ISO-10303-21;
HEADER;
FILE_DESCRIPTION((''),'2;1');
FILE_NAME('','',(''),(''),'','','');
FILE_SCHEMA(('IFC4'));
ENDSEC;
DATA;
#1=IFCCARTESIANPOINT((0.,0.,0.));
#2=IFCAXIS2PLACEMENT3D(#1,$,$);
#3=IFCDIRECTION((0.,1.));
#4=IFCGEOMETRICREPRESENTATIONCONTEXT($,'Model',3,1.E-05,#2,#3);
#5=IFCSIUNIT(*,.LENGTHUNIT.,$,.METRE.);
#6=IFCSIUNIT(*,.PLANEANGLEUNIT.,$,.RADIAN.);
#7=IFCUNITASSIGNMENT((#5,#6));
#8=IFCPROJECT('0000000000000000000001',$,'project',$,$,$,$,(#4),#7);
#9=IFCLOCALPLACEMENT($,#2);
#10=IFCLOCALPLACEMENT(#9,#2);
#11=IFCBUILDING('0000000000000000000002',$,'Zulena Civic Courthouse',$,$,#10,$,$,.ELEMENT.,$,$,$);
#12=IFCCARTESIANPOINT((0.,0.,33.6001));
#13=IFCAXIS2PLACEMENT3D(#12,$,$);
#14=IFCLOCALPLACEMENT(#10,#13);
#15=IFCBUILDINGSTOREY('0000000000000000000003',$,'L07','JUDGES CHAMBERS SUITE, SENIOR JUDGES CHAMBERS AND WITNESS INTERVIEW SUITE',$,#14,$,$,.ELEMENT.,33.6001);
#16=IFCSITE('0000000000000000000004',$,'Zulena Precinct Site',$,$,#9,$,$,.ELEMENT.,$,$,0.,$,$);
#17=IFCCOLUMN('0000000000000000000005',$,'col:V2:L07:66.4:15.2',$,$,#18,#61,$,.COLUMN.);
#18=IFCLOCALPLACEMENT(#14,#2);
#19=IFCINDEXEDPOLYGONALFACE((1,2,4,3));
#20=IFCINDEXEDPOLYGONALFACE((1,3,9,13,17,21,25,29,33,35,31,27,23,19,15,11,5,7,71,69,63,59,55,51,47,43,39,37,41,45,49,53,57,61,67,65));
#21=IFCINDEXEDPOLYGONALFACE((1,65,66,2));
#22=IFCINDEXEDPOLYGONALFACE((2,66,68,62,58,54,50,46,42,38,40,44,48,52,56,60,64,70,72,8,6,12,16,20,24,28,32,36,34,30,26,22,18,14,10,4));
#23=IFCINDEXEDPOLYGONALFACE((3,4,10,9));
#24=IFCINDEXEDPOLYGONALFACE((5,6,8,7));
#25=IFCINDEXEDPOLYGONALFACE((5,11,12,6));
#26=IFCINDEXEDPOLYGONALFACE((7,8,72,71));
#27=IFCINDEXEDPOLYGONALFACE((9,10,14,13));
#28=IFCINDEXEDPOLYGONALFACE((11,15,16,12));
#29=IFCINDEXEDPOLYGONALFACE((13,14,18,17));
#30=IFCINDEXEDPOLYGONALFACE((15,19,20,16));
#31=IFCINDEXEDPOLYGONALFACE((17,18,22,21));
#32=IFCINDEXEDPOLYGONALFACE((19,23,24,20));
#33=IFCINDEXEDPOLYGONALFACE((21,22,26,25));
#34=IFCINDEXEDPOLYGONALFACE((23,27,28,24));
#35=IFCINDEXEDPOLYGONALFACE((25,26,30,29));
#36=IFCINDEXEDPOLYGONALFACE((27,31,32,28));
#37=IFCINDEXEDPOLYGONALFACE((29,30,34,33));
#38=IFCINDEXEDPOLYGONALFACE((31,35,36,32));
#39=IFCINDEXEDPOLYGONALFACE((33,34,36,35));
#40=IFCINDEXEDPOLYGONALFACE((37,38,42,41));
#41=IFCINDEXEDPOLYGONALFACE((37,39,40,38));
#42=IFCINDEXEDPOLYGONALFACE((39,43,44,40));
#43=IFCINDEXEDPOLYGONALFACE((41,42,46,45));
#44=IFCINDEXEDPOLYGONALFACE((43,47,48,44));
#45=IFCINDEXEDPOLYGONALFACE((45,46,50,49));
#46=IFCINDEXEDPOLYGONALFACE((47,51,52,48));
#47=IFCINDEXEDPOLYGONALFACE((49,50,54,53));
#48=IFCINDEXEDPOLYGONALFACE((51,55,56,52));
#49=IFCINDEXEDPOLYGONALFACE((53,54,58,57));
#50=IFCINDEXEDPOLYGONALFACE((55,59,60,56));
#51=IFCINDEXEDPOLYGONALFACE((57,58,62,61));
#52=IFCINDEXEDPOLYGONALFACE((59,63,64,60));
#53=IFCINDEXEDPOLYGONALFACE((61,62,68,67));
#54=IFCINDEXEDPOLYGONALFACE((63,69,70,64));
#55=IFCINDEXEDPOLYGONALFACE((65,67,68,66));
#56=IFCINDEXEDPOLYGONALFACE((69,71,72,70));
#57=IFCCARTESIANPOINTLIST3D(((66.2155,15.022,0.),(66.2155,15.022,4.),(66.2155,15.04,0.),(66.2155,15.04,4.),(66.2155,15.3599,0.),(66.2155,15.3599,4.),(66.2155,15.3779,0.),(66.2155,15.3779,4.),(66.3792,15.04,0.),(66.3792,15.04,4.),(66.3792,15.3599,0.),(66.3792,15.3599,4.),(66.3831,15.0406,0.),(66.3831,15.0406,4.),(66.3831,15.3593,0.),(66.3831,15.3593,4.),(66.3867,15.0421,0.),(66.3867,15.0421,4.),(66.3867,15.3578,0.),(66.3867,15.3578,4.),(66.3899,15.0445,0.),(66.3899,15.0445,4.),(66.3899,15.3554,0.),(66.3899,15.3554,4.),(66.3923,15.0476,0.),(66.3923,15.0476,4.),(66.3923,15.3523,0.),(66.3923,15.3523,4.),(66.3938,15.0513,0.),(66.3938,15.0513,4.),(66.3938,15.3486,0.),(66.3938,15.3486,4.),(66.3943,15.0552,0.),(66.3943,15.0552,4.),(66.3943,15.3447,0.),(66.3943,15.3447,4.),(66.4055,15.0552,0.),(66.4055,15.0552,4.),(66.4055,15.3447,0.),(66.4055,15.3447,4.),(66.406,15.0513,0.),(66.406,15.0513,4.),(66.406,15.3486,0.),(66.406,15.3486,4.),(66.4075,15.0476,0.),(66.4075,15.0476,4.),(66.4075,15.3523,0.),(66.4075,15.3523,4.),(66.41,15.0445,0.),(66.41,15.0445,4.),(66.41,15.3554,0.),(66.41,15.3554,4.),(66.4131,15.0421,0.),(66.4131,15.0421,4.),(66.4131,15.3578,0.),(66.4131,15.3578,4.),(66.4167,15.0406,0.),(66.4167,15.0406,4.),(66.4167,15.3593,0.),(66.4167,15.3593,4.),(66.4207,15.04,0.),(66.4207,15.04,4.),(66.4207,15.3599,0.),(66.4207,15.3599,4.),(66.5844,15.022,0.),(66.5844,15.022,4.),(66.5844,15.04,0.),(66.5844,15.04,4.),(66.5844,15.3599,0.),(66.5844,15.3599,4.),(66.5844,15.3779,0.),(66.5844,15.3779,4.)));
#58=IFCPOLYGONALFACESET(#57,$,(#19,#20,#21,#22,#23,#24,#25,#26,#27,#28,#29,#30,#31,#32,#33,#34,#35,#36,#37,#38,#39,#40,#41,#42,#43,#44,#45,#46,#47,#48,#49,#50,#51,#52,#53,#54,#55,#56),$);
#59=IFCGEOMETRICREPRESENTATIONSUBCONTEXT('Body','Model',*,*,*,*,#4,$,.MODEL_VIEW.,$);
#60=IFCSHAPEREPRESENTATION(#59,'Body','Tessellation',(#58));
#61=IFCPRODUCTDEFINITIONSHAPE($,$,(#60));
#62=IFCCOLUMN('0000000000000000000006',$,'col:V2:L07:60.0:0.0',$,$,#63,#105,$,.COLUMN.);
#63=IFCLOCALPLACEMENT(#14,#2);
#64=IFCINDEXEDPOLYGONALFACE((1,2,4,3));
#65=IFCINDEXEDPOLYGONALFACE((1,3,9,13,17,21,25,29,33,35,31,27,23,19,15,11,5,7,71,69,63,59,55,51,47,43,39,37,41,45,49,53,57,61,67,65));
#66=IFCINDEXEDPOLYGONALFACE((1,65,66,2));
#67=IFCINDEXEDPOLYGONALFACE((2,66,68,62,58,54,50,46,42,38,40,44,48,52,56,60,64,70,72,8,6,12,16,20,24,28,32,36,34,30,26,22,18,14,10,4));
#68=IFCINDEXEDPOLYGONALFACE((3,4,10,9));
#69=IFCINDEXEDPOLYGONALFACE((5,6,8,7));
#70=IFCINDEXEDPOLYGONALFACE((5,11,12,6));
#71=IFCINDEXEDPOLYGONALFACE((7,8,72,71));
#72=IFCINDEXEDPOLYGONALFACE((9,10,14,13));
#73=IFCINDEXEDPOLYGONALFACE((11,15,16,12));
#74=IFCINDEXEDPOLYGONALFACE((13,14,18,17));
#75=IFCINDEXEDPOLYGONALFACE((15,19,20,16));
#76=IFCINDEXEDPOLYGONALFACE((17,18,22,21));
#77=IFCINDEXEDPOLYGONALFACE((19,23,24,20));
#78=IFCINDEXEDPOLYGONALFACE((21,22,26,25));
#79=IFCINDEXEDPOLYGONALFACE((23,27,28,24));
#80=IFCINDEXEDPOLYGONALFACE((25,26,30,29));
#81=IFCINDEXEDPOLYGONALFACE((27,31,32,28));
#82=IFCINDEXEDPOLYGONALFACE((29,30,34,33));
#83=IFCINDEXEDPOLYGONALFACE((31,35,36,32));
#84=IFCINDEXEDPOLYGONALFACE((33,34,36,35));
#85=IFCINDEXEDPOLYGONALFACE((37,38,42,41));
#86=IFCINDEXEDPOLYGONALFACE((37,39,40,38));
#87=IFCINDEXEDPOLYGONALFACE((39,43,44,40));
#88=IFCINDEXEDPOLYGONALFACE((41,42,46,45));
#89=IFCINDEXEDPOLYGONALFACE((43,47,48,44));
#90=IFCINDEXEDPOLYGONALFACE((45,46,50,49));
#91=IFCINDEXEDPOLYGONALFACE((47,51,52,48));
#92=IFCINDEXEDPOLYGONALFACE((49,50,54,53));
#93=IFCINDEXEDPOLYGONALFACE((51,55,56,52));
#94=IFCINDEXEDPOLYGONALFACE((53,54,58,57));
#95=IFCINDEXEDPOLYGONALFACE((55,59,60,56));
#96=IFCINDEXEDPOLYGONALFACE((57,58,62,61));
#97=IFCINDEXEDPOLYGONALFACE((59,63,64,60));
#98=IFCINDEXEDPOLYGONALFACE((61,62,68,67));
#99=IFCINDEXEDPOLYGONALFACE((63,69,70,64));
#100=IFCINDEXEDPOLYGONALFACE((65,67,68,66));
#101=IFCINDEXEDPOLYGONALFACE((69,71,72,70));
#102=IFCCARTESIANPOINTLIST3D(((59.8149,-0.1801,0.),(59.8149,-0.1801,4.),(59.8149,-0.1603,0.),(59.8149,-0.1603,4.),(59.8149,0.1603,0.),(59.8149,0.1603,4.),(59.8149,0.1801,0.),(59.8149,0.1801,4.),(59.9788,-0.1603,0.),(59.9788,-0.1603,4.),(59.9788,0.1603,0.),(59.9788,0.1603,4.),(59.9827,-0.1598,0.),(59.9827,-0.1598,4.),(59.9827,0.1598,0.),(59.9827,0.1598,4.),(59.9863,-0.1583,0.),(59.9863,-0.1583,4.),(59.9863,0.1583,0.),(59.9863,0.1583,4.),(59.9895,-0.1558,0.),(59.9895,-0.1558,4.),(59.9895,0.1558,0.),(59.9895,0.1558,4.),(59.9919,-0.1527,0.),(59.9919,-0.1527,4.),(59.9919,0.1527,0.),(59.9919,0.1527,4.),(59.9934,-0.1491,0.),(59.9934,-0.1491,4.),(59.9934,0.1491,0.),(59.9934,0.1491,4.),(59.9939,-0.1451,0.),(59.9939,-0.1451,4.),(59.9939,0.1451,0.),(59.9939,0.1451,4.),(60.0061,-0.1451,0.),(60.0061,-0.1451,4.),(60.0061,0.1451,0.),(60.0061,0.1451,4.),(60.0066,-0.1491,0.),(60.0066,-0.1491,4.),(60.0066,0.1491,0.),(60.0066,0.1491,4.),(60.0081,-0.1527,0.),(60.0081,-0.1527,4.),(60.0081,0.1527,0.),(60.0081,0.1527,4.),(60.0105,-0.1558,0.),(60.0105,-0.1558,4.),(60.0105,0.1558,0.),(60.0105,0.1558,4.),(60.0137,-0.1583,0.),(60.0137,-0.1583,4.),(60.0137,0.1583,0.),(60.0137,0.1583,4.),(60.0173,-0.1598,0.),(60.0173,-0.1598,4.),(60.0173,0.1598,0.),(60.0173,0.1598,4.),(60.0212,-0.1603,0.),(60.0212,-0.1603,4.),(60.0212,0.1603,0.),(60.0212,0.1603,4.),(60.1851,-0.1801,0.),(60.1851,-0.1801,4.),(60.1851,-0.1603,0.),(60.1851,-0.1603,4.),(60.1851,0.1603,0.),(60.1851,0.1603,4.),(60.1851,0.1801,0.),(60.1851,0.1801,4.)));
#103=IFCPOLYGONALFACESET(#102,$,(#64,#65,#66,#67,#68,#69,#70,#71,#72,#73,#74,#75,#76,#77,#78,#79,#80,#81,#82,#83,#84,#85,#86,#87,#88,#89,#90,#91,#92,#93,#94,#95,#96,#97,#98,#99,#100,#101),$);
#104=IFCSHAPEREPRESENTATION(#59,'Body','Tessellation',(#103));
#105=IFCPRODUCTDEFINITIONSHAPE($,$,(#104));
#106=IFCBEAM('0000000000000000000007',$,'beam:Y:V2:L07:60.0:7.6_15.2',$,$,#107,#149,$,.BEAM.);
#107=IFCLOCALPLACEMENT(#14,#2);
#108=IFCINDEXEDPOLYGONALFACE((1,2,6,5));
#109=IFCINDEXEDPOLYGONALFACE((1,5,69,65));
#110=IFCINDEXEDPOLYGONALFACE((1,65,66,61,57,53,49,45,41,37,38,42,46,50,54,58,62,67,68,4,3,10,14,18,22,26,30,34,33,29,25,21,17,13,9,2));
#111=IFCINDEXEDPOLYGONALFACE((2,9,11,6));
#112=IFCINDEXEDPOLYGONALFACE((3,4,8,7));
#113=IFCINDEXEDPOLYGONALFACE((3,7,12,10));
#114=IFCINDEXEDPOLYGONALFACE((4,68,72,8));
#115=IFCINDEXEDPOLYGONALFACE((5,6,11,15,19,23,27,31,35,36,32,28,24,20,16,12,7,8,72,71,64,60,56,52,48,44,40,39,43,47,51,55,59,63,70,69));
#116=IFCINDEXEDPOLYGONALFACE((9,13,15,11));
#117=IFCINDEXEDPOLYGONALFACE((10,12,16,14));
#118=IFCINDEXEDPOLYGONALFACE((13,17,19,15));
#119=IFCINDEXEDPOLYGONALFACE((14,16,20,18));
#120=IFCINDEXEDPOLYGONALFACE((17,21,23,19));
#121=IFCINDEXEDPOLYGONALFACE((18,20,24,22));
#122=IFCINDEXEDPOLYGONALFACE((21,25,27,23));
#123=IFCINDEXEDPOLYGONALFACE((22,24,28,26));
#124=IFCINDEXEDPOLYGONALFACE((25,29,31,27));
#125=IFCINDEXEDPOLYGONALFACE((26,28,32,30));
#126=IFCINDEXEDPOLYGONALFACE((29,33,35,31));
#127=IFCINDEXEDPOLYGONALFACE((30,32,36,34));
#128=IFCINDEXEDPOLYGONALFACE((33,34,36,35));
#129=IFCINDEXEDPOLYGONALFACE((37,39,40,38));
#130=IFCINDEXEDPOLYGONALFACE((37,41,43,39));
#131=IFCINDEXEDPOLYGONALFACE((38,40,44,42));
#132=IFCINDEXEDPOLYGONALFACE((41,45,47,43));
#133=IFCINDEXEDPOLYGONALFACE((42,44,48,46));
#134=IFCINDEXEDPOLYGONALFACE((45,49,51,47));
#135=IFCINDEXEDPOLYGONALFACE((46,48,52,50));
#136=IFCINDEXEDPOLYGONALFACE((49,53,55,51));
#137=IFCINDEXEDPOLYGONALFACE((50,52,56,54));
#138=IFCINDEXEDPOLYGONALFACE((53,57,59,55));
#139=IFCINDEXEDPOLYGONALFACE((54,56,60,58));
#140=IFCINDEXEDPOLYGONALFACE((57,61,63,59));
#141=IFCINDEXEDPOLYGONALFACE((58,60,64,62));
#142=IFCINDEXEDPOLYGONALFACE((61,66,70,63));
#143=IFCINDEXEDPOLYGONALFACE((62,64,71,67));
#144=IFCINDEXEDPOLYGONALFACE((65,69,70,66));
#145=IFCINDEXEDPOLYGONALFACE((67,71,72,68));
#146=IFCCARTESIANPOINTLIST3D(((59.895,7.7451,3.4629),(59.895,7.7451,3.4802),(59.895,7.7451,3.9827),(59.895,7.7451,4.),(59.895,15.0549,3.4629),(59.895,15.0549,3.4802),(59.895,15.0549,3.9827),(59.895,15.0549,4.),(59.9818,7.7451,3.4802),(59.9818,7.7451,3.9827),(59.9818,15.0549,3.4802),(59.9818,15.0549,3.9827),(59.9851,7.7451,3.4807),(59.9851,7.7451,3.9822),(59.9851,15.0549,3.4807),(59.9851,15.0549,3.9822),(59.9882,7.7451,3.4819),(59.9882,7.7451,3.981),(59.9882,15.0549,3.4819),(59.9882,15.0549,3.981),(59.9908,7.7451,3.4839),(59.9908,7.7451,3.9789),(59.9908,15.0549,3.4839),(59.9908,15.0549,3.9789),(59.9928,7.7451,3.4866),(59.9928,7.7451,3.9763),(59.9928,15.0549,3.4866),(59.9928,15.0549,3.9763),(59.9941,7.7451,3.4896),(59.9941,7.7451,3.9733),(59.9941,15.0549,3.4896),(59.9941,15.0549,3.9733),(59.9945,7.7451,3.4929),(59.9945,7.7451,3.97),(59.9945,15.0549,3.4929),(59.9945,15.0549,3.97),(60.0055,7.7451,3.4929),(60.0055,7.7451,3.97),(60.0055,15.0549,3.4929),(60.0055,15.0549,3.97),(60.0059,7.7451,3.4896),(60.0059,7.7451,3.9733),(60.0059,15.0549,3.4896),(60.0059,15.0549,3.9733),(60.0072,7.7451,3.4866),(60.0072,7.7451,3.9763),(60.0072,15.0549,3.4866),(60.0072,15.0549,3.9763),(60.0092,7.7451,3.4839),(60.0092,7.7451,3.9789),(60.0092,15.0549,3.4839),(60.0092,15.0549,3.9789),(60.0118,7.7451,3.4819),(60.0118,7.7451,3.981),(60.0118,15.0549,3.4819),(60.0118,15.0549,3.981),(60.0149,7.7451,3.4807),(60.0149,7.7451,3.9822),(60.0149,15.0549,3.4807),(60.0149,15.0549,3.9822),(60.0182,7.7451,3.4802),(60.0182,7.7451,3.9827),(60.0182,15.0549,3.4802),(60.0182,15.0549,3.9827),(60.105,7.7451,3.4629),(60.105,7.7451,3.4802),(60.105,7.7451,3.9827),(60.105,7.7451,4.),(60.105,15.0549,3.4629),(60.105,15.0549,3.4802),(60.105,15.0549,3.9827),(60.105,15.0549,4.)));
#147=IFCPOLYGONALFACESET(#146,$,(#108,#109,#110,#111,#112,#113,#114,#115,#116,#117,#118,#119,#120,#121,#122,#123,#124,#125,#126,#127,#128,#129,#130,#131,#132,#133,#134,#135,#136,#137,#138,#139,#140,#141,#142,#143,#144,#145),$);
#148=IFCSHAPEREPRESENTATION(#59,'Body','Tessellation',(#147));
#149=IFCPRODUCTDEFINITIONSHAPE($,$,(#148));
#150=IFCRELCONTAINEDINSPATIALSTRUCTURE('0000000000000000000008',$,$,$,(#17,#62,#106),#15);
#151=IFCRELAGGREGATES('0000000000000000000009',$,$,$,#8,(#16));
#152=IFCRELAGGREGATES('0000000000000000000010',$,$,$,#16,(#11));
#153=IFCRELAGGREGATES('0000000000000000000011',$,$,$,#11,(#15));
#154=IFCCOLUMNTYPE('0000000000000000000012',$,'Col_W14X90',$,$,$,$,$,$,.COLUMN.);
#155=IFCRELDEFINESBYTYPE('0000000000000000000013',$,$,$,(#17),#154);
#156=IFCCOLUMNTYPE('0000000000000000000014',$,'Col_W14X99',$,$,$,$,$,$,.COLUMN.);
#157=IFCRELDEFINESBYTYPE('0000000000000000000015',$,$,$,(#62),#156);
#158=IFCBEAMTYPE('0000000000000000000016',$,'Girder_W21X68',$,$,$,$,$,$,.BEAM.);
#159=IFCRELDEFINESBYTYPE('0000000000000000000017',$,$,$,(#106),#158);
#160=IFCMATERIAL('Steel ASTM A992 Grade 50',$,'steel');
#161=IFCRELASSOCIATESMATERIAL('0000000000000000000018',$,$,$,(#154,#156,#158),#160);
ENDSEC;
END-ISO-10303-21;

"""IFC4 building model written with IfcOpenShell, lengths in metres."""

from ifc_helpers import new_model, si_unit, direction, frame, origin, origin_2d, place, context, subcontext, project, spatial, i_section, extrude, material, material_profile, profile_set, type_object, element, save


model = new_model("IFC4")

# Units and contexts
model_context = context("Model", 3, precision=1e-05, world=origin(), true_north=direction((0.0, 1.0)))
body_context = subcontext(model_context, "Body", "Model", "MODEL_VIEW")
ifc_project = project(units=[si_unit("LENGTHUNIT", "METRE"), si_unit("PLANEANGLEUNIT", "RADIAN")], contexts=[model_context])

# Site, building, storey
site_placement = place(None, origin())
site = spatial("IfcSite", under=ifc_project, at=site_placement, Name="Zulena Precinct Site", CompositionType="ELEMENT", RefElevation=0.0)
building_placement = place(site_placement, origin())
building = spatial("IfcBuilding", under=site, at=building_placement, Name="Zulena Civic Courthouse", CompositionType="ELEMENT")
storey_placement = place(building_placement, frame((0.0, 0.0, 33.6001)))
storey = spatial("IfcBuildingStorey", under=building, at=storey_placement, Name="L07", Description="JUDGES CHAMBERS SUITE, SENIOR JUDGES CHAMBERS AND WITNESS INTERVIEW SUITE", CompositionType="ELEMENT", Elevation=33.6001)

# Columns
ifc_material_1 = material(Name="Steel ASTM A992 Grade 50", Category="steel")
ifc_material_profile_1 = material_profile(ifc_material_1, i_section(OverallWidth=0.3689, OverallDepth=0.356, WebThickness=0.0112, FlangeThickness=0.0181, FilletRadius=0.0151, at=origin_2d()), Name="W14X90")
ifc_profile_set_1 = profile_set([ifc_material_profile_1], Name="Steel ASTM A992 Grade 50")
column_type_1 = type_object("IfcColumnType", Name="Col_W14X90", PredefinedType="COLUMN", material=ifc_profile_set_1)
for number, where, z_axis, x_axis, name in (
    (1, (66.3999, 15.2, 0.0), (0.0, 0.0, 1.0), (1.0, 0.0, 0.0), "col:V2:L07:66.4:15.2"),
):
    element("IfcColumn", number, at=place(storey_placement, frame(where, z_axis=z_axis, x_axis=x_axis)), inside=storey, type_object=column_type_1, Name=name, PredefinedType="COLUMN", context=body_context, shape_type="SweptSolid", body=[
        extrude(i_section(OverallWidth=0.3689, OverallDepth=0.356, WebThickness=0.0112, FlangeThickness=0.0181, FilletRadius=0.0151, at=origin_2d()), origin(), (0.0, 0.0, 1.0), 4.0),
    ])
ifc_material_profile_2 = material_profile(ifc_material_1, i_section(OverallWidth=0.3701, OverallDepth=0.3601, WebThickness=0.0122, FlangeThickness=0.0198, FilletRadius=0.0151, at=origin_2d()), Name="W14X99")
ifc_profile_set_2 = profile_set([ifc_material_profile_2], Name="Steel ASTM A992 Grade 50")
column_type_2 = type_object("IfcColumnType", Name="Col_W14X99", PredefinedType="COLUMN", material=ifc_profile_set_2)
column_placement = place(storey_placement, frame((60.0, 0.0, 0.0), z_axis=(0.0, 0.0, 1.0), x_axis=(1.0, 0.0, 0.0)))
element("IfcColumn", 2, at=column_placement, inside=storey, type_object=column_type_2, Name="col:V2:L07:60.0:0.0", PredefinedType="COLUMN", context=body_context, shape_type="SweptSolid", body=[
    extrude(i_section(OverallWidth=0.3701, OverallDepth=0.3601, WebThickness=0.0122, FlangeThickness=0.0198, FilletRadius=0.0151, at=origin_2d()), origin(), (0.0, 0.0, 1.0), 4.0),
])

# Beam
ifc_material_profile_3 = material_profile(ifc_material_1, i_section(OverallWidth=0.21, OverallDepth=0.5371, WebThickness=0.011, FlangeThickness=0.0173, FilletRadius=0.0127, at=origin_2d()), Name="W21X68")
ifc_profile_set_3 = profile_set([ifc_material_profile_3], Name="Steel ASTM A992 Grade 50")
beam_type_1 = type_object("IfcBeamType", Name="Girder_W21X68", PredefinedType="BEAM", material=ifc_profile_set_3)
beam_1_placement = place(storey_placement, frame((60.0, 7.7451, 3.7314), z_axis=(0.0, 1.0, 0.0), x_axis=(-1.0, 0.0, 0.0)))
element("IfcBeam", 3, at=beam_1_placement, inside=storey, type_object=beam_type_1, Name="beam:Y:V2:L07:60.0:7.6_15.2", PredefinedType="BEAM", context=body_context, shape_type="SweptSolid", body=[
    extrude(i_section(OverallWidth=0.21, OverallDepth=0.5371, WebThickness=0.011, FlangeThickness=0.0173, FilletRadius=0.0127, at=origin_2d()), origin(), (0.0, 0.0, 1.0), 7.3098),
])

save(model, "model.ifc")
